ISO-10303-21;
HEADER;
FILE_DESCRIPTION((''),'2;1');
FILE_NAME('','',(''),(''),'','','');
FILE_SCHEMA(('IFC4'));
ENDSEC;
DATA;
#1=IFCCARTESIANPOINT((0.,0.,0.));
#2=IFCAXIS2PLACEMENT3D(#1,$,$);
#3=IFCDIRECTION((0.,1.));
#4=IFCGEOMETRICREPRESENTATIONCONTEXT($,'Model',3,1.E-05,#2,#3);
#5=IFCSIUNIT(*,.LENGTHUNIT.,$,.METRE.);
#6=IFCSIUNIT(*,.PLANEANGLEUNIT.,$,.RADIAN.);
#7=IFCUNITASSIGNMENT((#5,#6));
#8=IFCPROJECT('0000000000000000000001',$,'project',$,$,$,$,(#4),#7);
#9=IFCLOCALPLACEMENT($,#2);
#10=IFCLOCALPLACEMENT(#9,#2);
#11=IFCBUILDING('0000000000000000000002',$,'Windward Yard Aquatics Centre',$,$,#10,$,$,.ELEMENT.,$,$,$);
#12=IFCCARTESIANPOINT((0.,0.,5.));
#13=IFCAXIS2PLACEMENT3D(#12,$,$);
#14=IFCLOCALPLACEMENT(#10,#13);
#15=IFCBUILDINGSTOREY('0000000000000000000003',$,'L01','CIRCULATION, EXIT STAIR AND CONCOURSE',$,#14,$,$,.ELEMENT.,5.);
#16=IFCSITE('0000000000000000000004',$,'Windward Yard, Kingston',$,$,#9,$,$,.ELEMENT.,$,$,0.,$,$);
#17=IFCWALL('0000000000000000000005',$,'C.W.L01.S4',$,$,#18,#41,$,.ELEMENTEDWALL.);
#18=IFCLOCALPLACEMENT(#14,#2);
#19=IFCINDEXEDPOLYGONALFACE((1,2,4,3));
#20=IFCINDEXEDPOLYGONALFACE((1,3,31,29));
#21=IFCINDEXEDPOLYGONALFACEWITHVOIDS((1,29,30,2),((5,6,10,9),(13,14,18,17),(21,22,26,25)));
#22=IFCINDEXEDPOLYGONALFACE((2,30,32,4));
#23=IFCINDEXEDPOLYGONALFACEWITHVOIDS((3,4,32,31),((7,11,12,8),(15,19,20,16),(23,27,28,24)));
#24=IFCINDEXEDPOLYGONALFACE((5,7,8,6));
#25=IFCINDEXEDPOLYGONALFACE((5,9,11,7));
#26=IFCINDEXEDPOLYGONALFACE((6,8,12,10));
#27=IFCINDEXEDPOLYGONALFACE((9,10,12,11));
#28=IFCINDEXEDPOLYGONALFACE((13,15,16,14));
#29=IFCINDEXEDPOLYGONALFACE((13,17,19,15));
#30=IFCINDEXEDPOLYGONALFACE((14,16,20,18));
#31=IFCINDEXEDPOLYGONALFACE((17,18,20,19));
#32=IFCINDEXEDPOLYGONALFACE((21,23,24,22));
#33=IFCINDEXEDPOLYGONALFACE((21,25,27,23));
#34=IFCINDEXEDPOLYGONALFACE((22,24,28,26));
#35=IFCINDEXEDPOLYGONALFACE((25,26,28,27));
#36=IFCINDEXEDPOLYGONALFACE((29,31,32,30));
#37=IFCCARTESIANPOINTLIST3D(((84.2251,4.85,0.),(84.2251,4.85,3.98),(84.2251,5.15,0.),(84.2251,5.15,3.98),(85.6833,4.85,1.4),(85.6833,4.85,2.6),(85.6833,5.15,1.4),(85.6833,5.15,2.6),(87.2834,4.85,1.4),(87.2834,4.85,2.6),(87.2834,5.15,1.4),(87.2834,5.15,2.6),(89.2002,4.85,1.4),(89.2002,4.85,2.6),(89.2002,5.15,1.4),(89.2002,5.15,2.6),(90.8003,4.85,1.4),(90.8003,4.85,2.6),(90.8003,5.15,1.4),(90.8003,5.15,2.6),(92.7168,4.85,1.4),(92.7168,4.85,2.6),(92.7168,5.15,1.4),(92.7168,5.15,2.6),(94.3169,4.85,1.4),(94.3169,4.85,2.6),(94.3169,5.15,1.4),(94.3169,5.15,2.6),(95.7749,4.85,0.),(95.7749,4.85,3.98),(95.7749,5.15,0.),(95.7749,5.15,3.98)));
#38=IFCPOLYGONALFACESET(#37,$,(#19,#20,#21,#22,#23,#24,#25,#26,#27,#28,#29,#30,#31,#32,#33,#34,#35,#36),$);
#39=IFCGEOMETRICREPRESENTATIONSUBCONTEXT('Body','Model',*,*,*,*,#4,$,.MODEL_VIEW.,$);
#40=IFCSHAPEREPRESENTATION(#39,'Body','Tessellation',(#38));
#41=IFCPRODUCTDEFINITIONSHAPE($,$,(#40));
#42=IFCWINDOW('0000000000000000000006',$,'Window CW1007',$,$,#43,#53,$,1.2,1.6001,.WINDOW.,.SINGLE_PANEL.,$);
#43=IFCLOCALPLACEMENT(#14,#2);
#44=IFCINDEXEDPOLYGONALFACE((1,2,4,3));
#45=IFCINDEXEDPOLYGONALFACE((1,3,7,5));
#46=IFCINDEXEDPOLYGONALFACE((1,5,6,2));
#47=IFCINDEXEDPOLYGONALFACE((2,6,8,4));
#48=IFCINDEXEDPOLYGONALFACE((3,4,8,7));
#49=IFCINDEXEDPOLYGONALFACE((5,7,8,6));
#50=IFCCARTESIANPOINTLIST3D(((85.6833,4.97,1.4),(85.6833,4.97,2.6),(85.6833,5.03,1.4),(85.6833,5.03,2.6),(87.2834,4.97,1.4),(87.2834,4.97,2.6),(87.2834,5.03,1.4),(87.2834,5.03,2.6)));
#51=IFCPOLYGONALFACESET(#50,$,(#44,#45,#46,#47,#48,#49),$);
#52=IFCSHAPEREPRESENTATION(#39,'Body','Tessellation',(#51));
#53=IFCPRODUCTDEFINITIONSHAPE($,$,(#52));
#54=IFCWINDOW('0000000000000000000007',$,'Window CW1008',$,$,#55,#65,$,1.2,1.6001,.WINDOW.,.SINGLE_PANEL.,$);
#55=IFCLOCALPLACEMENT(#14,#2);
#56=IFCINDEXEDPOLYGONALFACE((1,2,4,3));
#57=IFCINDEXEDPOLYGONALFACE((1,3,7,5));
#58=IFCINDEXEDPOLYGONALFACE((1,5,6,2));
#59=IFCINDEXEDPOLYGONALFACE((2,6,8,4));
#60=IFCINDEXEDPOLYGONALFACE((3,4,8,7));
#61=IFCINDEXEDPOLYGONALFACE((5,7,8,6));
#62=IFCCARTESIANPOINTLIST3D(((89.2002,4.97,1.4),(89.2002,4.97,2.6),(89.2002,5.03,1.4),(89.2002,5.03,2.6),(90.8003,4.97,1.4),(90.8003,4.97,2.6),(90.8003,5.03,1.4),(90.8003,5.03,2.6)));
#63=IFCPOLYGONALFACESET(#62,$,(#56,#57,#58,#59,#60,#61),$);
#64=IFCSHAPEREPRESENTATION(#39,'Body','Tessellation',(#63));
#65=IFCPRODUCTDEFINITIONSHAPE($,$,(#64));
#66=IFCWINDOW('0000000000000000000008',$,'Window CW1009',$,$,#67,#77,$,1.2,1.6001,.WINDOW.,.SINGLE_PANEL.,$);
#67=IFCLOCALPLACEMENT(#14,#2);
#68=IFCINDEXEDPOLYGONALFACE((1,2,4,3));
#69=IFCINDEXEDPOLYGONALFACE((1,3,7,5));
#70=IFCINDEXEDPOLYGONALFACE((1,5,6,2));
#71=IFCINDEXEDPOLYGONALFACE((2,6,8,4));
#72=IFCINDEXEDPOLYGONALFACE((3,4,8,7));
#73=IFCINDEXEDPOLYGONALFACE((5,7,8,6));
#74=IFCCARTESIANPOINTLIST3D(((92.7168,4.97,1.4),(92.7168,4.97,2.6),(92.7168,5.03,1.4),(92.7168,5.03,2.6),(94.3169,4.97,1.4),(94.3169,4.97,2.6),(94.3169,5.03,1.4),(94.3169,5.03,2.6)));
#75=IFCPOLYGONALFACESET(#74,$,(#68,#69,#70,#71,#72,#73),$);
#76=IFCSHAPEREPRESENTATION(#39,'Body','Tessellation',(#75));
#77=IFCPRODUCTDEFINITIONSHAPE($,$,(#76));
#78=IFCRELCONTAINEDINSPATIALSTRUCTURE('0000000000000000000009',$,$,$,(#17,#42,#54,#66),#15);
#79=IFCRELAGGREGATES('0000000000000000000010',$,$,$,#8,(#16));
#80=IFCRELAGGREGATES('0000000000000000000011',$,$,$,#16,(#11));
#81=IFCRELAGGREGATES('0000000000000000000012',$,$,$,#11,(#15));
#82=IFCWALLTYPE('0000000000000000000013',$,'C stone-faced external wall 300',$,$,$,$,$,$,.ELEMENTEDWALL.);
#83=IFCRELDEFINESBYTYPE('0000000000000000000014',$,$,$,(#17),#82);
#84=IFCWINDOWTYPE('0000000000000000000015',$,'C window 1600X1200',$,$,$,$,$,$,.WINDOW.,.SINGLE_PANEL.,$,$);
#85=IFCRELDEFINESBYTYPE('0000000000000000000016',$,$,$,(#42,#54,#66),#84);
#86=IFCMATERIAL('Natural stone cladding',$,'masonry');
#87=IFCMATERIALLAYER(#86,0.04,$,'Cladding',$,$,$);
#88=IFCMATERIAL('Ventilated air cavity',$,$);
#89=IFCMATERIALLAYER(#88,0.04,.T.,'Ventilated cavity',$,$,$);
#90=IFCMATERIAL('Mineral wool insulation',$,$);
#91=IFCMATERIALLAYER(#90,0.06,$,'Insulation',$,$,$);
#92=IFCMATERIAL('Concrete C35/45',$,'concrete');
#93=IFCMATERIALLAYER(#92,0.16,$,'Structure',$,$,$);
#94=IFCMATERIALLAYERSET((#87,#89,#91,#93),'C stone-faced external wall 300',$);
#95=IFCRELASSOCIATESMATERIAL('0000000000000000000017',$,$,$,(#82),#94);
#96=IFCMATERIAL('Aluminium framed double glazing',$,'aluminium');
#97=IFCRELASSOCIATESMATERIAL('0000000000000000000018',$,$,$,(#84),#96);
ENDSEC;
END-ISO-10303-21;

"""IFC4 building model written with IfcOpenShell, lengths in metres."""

from ifc_helpers import new_model, si_unit, direction, frame, frame_2d, origin, place, context, subcontext, project, spatial, rectangle, extrude, material, layer, layer_set, type_object, element, fill, save


model = new_model("IFC4")

# Units and contexts
model_context = context("Model", 3, precision=1e-05, world=origin(), true_north=direction((0.0, 1.0)))
body_context = subcontext(model_context, "Body", "Model", "MODEL_VIEW")
ifc_project = project(units=[si_unit("LENGTHUNIT", "METRE"), si_unit("PLANEANGLEUNIT", "RADIAN")], contexts=[model_context])

# Site, building, storey
site_placement = place(None, origin())
site = spatial("IfcSite", under=ifc_project, at=site_placement, Name="Windward Yard, Kingston", CompositionType="ELEMENT", RefElevation=0.0)
building_placement = place(site_placement, origin())
building = spatial("IfcBuilding", under=site, at=building_placement, Name="Windward Yard Aquatics Centre", CompositionType="ELEMENT")
storey_placement = place(building_placement, frame((0.0, 0.0, 5.0)))
storey = spatial("IfcBuildingStorey", under=building, at=storey_placement, Name="L01", Description="CIRCULATION, EXIT STAIR AND CONCOURSE", CompositionType="ELEMENT", Elevation=5.0)

# Shared definitions
ifc_material_1 = material(Name="Concrete C35/45", Category="concrete")

# Wall, openings, windows
ifc_material_2 = material(Name="Natural stone cladding", Category="masonry")
ifc_layer_1 = layer(ifc_material_2, 0.04, Name="Cladding")
ifc_material_3 = material(Name="Ventilated air cavity")
ifc_layer_2 = layer(ifc_material_3, 0.04, ventilated=True, Name="Ventilated cavity")
ifc_material_4 = material(Name="Mineral wool insulation")
ifc_layer_3 = layer(ifc_material_4, 0.06, Name="Insulation")
ifc_layer_4 = layer(ifc_material_1, 0.16, Name="Structure")
ifc_layer_set_1 = layer_set([ifc_layer_1, ifc_layer_2, ifc_layer_3, ifc_layer_4], Name="C stone-faced external wall 300")
wall_type_1 = type_object("IfcWallType", Name="C stone-faced external wall 300", PredefinedType="ELEMENTEDWALL", material=ifc_layer_set_1)
wall_1_placement = place(storey_placement, frame((84.2251, 5.0, 0.0), z_axis=(0.0, 0.0, 1.0), x_axis=(1.0, 0.0, 0.0)))
wall_1 = element("IfcWall", 1, at=wall_1_placement, inside=storey, type_object=wall_type_1, Name="C.W.L01.S4", PredefinedType="ELEMENTEDWALL", context=body_context, shape_type="SweptSolid", body=[
    extrude(rectangle(XDim=11.5498, YDim=0.3, at=frame_2d((5.7749, 0.0))), origin(), (0.0, 0.0, 1.0), 3.98),
])
opening_1_placement = place(wall_1_placement, frame((1.4583, 0.0, 1.3999)))
opening_1 = element("IfcOpeningElement", 2, at=opening_1_placement, cuts=wall_1, PredefinedType="OPENING", context=body_context, shape_type="SweptSolid", body=[
    extrude(rectangle(XDim=1.6001, YDim=1.2, at=frame_2d((0.8, 0.6001))), frame((0.0, 0.1602, 0.0), z_axis=(0.0, -1.0, 0.0), x_axis=(1.0, 0.0, 0.0)), (0.0, 0.0, 1.0), 0.3201),
])
opening_2_placement = place(wall_1_placement, frame((4.9751, 0.0, 1.3999)))
opening_2 = element("IfcOpeningElement", 3, at=opening_2_placement, cuts=wall_1, PredefinedType="OPENING", context=body_context, shape_type="SweptSolid", body=[
    extrude(rectangle(XDim=1.6001, YDim=1.2, at=frame_2d((0.8, 0.6001))), frame((0.0, 0.1602, 0.0), z_axis=(0.0, -1.0, 0.0), x_axis=(1.0, 0.0, 0.0)), (0.0, 0.0, 1.0), 0.3201),
])
opening_3_placement = place(wall_1_placement, frame((8.4917, 0.0, 1.3999)))
opening_3 = element("IfcOpeningElement", 4, at=opening_3_placement, cuts=wall_1, PredefinedType="OPENING", context=body_context, shape_type="SweptSolid", body=[
    extrude(rectangle(XDim=1.6001, YDim=1.2, at=frame_2d((0.8, 0.6001))), frame((0.0, 0.1602, 0.0), z_axis=(0.0, -1.0, 0.0), x_axis=(1.0, 0.0, 0.0)), (0.0, 0.0, 1.0), 0.3201),
])
ifc_material_5 = material(Name="Aluminium framed double glazing", Category="aluminium")
window_type = type_object("IfcWindowType", Name="C window 1600X1200", PartitioningType="SINGLE_PANEL", PredefinedType="WINDOW", material=ifc_material_5)
window_1_placement = place(opening_1_placement, origin())
window_1 = element("IfcWindow", 5, at=window_1_placement, inside=storey, type_object=window_type, Name="Window CW1007", OverallHeight=1.2, OverallWidth=1.6001, PartitioningType="SINGLE_PANEL", PredefinedType="WINDOW", context=body_context, shape_type="SweptSolid", body=[
    extrude(rectangle(XDim=1.6001, YDim=1.2, at=frame_2d((0.8, 0.6001))), frame((0.0, 0.03, 0.0), z_axis=(0.0, -1.0, 0.0), x_axis=(1.0, 0.0, 0.0)), (0.0, 0.0, 1.0), 0.0601),
])
fill(opening_1, window_1)
window_2_placement = place(opening_2_placement, origin())
window_2 = element("IfcWindow", 6, at=window_2_placement, inside=storey, type_object=window_type, Name="Window CW1008", OverallHeight=1.2, OverallWidth=1.6001, PartitioningType="SINGLE_PANEL", PredefinedType="WINDOW", context=body_context, shape_type="SweptSolid", body=[
    extrude(rectangle(XDim=1.6001, YDim=1.2, at=frame_2d((0.8, 0.6001))), frame((0.0, 0.03, 0.0), z_axis=(0.0, -1.0, 0.0), x_axis=(1.0, 0.0, 0.0)), (0.0, 0.0, 1.0), 0.0601),
])
fill(opening_2, window_2)
window_3_placement = place(opening_3_placement, origin())
window_3 = element("IfcWindow", 7, at=window_3_placement, inside=storey, type_object=window_type, Name="Window CW1009", OverallHeight=1.2, OverallWidth=1.6001, PartitioningType="SINGLE_PANEL", PredefinedType="WINDOW", context=body_context, shape_type="SweptSolid", body=[
    extrude(rectangle(XDim=1.6001, YDim=1.2, at=frame_2d((0.8, 0.6001))), frame((0.0, 0.03, 0.0), z_axis=(0.0, -1.0, 0.0), x_axis=(1.0, 0.0, 0.0)), (0.0, 0.0, 1.0), 0.0601),
])
fill(opening_3, window_3)

save(model, "model.ifc")
